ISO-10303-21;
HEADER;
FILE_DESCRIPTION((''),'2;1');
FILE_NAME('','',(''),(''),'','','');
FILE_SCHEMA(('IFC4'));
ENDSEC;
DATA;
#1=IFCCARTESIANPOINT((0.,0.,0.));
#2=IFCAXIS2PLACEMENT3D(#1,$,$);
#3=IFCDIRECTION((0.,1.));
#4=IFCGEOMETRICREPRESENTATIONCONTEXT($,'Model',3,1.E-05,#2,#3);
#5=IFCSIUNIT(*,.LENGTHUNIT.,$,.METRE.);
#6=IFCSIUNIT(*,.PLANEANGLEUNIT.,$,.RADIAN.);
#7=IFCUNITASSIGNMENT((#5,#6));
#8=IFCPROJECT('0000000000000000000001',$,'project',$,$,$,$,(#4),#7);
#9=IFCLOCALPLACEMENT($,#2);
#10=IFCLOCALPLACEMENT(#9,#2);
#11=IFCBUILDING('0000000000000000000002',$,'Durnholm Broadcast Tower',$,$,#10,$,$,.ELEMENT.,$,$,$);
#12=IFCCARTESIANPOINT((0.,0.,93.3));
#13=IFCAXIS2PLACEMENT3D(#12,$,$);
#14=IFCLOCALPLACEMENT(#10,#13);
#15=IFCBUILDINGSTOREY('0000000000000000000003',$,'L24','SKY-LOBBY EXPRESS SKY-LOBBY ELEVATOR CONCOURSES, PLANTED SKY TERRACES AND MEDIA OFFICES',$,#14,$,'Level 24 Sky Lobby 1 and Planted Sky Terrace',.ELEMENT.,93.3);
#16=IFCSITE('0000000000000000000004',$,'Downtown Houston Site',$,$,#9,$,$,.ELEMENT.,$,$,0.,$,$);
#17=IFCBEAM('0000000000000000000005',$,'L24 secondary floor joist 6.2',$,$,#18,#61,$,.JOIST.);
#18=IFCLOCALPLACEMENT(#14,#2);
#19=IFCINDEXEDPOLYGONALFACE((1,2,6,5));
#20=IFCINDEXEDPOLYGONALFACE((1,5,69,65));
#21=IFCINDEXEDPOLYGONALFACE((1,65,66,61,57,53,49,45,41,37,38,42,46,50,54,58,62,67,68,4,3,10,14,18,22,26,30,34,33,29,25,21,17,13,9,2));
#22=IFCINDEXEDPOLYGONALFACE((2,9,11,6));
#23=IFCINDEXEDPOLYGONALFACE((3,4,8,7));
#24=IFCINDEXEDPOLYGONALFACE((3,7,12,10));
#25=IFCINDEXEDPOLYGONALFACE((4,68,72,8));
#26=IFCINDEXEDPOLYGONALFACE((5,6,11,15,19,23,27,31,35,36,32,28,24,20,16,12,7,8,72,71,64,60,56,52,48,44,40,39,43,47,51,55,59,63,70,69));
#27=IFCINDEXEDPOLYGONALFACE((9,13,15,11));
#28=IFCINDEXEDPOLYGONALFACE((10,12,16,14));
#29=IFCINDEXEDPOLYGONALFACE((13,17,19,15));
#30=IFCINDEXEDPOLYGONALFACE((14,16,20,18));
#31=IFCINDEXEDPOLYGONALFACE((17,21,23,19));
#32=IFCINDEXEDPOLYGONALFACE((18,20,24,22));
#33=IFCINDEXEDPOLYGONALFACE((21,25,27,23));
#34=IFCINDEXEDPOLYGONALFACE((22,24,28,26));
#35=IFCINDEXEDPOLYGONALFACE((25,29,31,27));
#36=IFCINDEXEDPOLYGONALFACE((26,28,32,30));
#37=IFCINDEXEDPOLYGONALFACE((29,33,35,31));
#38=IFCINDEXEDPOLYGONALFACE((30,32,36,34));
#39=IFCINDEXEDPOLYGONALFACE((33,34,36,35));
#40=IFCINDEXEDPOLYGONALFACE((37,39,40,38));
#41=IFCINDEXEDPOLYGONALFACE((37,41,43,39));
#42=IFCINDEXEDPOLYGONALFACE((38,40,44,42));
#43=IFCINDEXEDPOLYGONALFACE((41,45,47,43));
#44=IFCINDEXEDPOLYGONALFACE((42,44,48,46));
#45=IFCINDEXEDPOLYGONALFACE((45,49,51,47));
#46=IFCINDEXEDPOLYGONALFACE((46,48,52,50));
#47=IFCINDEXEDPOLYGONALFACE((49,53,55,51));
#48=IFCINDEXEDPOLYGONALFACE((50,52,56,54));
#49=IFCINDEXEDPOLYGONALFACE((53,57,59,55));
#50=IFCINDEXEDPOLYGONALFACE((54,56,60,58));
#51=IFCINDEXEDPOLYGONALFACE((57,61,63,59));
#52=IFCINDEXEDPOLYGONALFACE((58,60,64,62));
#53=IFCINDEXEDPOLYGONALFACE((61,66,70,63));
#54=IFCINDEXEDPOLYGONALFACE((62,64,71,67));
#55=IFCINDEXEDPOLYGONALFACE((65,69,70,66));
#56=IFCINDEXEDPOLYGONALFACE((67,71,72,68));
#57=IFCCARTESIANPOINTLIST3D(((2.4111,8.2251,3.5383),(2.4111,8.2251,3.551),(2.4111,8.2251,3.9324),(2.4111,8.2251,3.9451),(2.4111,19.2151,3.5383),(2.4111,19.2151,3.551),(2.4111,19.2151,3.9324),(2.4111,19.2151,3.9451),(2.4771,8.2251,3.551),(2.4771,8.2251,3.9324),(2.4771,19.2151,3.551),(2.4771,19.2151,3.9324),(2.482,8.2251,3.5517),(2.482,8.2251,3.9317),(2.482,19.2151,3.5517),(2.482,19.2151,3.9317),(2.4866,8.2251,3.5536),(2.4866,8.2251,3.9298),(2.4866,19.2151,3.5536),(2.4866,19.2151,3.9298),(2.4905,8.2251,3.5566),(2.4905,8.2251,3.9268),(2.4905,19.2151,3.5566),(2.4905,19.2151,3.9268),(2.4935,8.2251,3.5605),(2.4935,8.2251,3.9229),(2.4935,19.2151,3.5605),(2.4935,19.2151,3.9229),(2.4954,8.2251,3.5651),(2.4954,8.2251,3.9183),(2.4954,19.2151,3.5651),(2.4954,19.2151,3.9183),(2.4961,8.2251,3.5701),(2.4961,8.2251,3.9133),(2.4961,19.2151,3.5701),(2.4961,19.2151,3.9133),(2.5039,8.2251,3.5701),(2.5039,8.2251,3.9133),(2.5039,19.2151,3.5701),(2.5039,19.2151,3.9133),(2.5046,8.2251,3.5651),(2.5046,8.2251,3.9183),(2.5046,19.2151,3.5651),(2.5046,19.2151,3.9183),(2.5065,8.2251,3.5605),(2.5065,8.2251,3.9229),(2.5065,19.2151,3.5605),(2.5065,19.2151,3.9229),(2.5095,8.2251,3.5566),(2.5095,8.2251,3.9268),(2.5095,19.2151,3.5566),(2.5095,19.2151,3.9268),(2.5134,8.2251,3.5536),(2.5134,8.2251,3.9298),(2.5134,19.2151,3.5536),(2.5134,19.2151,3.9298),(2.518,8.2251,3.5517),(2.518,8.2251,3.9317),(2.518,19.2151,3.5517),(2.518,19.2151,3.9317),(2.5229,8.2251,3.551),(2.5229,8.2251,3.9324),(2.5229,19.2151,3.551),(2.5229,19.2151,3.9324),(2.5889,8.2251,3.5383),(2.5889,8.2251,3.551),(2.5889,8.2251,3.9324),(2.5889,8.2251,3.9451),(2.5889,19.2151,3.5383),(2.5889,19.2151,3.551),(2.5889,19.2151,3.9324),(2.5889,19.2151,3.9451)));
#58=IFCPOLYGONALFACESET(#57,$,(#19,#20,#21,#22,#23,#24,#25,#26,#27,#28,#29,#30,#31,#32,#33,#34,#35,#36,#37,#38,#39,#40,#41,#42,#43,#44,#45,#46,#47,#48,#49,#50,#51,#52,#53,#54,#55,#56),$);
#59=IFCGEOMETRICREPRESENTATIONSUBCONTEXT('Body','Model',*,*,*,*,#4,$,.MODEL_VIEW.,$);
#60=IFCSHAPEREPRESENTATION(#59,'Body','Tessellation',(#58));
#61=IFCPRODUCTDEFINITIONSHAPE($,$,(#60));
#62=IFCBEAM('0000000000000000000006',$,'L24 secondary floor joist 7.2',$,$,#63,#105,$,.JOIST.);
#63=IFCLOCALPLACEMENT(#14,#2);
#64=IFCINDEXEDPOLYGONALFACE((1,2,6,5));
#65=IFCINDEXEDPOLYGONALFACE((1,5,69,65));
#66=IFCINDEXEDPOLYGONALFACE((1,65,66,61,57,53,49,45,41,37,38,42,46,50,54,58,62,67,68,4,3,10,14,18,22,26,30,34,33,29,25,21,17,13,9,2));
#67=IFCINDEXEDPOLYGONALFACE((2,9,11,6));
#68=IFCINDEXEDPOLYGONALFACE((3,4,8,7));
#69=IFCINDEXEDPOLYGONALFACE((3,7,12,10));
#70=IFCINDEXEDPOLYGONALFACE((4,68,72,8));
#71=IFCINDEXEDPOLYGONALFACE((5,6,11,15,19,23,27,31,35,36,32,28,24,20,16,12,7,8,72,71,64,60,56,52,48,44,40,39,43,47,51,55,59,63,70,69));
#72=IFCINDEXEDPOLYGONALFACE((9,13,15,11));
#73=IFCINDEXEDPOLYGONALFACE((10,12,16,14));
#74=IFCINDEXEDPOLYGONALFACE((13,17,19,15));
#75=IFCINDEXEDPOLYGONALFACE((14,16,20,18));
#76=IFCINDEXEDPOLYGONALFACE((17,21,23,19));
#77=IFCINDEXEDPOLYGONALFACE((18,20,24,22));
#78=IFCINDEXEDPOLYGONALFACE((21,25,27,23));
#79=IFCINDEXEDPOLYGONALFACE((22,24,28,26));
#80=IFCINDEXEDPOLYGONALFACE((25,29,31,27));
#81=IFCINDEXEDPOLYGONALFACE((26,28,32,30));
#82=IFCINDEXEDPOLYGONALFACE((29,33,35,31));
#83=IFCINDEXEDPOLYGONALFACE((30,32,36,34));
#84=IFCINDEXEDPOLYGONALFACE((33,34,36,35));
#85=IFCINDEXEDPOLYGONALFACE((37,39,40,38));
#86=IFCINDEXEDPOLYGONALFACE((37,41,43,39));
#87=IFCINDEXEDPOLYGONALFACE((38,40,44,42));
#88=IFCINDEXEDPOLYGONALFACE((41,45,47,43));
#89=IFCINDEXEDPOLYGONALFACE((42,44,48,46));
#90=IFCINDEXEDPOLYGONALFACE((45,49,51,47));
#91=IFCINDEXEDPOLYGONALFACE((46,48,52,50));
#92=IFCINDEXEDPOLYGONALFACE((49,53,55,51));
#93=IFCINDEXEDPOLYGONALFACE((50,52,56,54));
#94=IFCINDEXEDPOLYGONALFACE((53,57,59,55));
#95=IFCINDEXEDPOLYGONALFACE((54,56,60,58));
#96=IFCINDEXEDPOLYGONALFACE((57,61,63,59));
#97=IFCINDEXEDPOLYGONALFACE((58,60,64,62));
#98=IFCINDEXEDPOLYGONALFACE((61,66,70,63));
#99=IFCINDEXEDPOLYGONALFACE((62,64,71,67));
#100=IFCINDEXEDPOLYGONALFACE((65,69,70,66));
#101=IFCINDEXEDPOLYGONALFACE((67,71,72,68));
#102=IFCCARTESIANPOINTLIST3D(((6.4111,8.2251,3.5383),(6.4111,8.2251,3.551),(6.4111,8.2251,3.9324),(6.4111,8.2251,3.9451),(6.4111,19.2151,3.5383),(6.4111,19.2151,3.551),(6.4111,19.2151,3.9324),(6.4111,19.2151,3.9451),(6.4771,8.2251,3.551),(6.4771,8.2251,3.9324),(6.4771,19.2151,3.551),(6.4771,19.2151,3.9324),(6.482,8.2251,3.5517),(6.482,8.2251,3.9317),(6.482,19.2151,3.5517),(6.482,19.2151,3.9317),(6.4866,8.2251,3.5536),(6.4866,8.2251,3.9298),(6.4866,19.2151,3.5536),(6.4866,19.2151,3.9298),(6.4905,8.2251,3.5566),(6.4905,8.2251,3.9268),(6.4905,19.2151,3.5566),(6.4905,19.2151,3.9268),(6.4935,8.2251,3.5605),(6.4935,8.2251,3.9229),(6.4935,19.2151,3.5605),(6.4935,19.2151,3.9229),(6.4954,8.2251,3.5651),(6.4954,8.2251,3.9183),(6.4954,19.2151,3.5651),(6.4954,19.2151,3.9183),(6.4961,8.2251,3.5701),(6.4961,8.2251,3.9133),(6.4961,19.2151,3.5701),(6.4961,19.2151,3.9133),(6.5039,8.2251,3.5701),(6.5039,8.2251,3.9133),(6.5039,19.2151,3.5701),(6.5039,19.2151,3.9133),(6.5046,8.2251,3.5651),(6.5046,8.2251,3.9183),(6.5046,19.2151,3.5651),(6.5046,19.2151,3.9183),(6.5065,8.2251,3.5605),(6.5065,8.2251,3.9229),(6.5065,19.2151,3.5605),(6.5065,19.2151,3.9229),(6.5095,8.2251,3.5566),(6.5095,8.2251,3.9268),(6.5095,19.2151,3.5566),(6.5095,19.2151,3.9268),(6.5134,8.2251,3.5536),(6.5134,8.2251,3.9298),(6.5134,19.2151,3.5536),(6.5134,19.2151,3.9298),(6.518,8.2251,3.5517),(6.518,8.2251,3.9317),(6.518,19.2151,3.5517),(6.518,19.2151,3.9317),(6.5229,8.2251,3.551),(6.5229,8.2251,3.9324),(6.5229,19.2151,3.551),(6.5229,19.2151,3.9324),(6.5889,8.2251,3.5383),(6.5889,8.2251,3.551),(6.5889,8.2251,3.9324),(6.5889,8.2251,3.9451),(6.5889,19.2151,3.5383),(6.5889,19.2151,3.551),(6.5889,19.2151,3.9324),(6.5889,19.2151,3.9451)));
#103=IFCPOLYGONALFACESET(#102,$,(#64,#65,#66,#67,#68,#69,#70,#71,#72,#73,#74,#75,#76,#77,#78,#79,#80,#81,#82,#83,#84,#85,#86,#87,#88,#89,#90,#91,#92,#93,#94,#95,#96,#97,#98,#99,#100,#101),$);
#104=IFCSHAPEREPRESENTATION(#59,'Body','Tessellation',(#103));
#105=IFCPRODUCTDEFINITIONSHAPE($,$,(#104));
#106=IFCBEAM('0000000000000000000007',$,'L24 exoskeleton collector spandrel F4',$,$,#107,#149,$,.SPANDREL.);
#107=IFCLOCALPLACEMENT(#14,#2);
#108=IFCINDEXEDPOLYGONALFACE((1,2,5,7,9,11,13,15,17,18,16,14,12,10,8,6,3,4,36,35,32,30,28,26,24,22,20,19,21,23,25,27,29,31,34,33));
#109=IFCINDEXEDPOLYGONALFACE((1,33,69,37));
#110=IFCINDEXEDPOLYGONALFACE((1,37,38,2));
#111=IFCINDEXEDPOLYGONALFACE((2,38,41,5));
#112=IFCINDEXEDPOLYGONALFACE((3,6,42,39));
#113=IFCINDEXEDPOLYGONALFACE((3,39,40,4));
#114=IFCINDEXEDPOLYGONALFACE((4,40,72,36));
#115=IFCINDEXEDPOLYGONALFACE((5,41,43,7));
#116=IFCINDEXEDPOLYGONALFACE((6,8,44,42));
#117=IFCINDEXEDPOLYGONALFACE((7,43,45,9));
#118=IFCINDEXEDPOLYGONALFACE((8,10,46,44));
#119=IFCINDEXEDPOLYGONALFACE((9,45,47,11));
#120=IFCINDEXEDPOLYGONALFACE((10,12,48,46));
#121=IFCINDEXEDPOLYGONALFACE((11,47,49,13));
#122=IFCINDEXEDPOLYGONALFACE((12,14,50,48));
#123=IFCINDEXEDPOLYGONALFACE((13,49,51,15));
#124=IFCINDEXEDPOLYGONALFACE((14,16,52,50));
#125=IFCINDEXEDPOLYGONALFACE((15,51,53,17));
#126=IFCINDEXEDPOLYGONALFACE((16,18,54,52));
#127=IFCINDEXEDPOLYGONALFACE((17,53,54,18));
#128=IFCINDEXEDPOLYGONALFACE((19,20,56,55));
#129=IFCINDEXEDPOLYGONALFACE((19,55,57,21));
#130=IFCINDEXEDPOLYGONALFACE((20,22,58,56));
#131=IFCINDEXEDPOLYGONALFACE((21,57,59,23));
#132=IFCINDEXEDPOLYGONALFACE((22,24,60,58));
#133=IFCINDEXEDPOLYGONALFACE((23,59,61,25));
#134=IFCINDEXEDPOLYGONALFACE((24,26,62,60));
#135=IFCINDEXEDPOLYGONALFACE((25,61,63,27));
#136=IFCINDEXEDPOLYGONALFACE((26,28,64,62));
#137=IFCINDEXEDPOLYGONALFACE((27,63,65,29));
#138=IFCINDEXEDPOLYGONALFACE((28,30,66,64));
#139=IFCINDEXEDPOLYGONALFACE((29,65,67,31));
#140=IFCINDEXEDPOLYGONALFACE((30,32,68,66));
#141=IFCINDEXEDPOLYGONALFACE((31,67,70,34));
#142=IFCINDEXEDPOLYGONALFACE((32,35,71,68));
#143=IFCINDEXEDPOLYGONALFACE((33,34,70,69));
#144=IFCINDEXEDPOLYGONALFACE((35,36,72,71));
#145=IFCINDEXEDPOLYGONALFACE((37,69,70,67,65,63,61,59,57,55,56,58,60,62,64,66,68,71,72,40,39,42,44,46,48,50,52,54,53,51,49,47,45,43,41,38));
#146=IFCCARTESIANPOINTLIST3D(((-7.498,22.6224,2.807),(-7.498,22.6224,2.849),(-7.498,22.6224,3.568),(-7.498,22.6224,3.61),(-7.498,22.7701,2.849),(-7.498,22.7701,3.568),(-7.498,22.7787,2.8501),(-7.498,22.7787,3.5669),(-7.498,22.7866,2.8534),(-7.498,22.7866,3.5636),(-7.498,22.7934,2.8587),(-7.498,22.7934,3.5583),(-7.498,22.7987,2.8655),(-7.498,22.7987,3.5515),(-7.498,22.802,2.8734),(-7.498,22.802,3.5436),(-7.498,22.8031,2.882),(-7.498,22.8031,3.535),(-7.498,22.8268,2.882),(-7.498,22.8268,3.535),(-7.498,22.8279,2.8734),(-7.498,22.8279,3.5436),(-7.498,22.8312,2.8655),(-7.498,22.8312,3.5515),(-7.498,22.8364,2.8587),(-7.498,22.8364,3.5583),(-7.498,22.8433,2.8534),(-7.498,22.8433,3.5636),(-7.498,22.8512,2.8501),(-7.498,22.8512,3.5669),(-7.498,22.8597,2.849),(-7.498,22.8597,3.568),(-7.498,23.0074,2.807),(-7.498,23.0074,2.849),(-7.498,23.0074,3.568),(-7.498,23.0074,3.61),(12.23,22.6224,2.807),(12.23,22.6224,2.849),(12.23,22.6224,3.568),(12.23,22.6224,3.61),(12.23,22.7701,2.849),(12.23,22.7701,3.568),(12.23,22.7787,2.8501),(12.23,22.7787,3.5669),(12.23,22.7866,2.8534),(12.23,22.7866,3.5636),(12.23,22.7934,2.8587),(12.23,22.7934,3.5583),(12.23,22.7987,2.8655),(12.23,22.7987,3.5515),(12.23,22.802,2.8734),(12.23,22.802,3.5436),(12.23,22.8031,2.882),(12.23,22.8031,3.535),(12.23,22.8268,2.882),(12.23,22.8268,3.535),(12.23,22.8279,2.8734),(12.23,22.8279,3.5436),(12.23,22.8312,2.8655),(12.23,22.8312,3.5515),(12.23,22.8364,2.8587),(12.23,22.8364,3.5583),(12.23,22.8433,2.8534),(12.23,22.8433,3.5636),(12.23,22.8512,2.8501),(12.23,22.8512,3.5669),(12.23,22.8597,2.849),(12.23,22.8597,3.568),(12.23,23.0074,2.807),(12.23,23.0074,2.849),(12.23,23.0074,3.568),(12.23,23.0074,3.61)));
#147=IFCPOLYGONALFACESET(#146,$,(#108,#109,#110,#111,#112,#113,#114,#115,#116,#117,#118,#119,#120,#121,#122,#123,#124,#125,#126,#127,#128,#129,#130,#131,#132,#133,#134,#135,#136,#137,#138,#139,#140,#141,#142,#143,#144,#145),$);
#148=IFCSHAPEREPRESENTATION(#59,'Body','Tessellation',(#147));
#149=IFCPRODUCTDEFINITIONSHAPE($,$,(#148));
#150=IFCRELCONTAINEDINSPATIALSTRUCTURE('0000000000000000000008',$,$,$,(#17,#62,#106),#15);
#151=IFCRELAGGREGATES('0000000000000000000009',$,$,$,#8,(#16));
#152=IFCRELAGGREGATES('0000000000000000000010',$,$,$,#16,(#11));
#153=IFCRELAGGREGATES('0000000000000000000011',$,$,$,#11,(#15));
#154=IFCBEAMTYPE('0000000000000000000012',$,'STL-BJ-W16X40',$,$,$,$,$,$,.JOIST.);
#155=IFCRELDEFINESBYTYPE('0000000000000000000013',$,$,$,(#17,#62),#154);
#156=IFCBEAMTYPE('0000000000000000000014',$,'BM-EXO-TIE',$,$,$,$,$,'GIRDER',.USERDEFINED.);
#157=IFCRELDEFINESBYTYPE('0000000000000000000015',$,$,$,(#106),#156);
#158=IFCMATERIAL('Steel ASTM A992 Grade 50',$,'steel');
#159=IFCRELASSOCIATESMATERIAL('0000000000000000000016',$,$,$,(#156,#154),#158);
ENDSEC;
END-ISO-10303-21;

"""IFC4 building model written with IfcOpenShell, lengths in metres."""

from ifc_helpers import new_model, si_unit, direction, frame, origin, origin_2d, place, context, subcontext, project, spatial, i_section, extrude, source, transform, mapped, material, material_profile, profile_set, type_object, type_shapes, element, save


model = new_model("IFC4")

# Units and contexts
model_context = context("Model", 3, precision=1e-05, world=origin(), true_north=direction((0.0, 1.0)))
body_context = subcontext(model_context, "Body", "Model", "MODEL_VIEW")
ifc_project = project(units=[si_unit("LENGTHUNIT", "METRE"), si_unit("PLANEANGLEUNIT", "RADIAN")], contexts=[model_context])

# Site, building, storey
site_placement = place(None, origin())
site = spatial("IfcSite", under=ifc_project, at=site_placement, Name="Downtown Houston Site", CompositionType="ELEMENT", RefElevation=0.0)
building_placement = place(site_placement, origin())
building = spatial("IfcBuilding", under=site, at=building_placement, Name="Durnholm Broadcast Tower", CompositionType="ELEMENT")
storey_placement = place(building_placement, frame((0.0, 0.0, 93.3)))
storey = spatial("IfcBuildingStorey", under=building, at=storey_placement, Name="L24", Description="SKY-LOBBY EXPRESS SKY-LOBBY ELEVATOR CONCOURSES, PLANTED SKY TERRACES AND MEDIA OFFICES", LongName="Level 24 Sky Lobby 1 and Planted Sky Terrace", CompositionType="ELEMENT", Elevation=93.3)

# Beams
ifc_material_1 = material(Name="Steel ASTM A992 Grade 50", Category="steel")
ifc_material_profile_1 = material_profile(ifc_material_1, i_section(OverallWidth=0.385, OverallDepth=0.803, WebThickness=0.0237, FlangeThickness=0.042, FilletRadius=0.033, at=origin_2d()), Name="W30X261")
ifc_profile_set_1 = profile_set([ifc_material_profile_1], Name="Steel ASTM A992 Grade 50")
beam_type_1 = type_object("IfcBeamType", Name="BM-EXO-TIE", ElementType="GIRDER", PredefinedType="USERDEFINED", material=ifc_profile_set_1)
ifc_material_profile_2 = material_profile(ifc_material_1, i_section(OverallWidth=0.1777, OverallDepth=0.4067, WebThickness=0.0078, FlangeThickness=0.0127, FilletRadius=0.019, at=origin_2d()), Name="W16X40")
ifc_profile_set_2 = profile_set([ifc_material_profile_2], Name="Steel ASTM A992 Grade 50")
beam_type_2 = type_object("IfcBeamType", Name="STL-BJ-W16X40", PredefinedType="JOIST", material=ifc_profile_set_2)
shared_shape_1 = source(origin(), body_context, "Body", "SweptSolid", [
    extrude(i_section(OverallWidth=0.1777, OverallDepth=0.4067, WebThickness=0.0078, FlangeThickness=0.0127, FilletRadius=0.019, at=origin_2d()), origin(), (0.0, 0.0, 1.0), 10.99),
])
type_shapes(beam_type_2, [shared_shape_1])
for number, where, z_axis, x_axis, name in (
    (1, (2.5, 8.2251, 3.7417), (0.0, 1.0, 0.0), (-1.0, 0.0, 0.0), "L24 secondary floor joist 6.2"),
    (2, (6.5, 8.2251, 3.7417), (0.0, 1.0, 0.0), (-1.0, 0.0, 0.0), "L24 secondary floor joist 7.2"),
):
    element("IfcBeam", number, at=place(storey_placement, frame(where, z_axis=z_axis, x_axis=x_axis)), inside=storey, type_object=beam_type_2, Name=name, PredefinedType="JOIST", context=body_context, shape_type="MappedRepresentation", body=[
        mapped(shared_shape_1, transform((0.0, 0.0, 0.0), x_axis=(1.0, 0.0, 0.0), y_axis=(0.0, 1.0, 0.0), z_axis=(0.0, 0.0, 1.0), scale=1.0)),
    ])
shared_shape_2 = source(origin(), body_context, "Body", "SweptSolid", [
    extrude(i_section(OverallWidth=0.385, OverallDepth=0.803, WebThickness=0.0237, FlangeThickness=0.042, FilletRadius=0.033, at=origin_2d()), origin(), (0.0, 0.0, 1.0), 19.728),
])
beam_1_placement = place(storey_placement, frame((12.23, 22.8149, 3.2085), z_axis=(-1.0, 0.0, 0.0), x_axis=(0.0, -1.0, 0.0)))
element("IfcBeam", 3, at=beam_1_placement, inside=storey, type_object=beam_type_1, Name="L24 exoskeleton collector spandrel F4", PredefinedType="SPANDREL", context=body_context, shape_type="MappedRepresentation", body=[
    mapped(shared_shape_2, transform((0.0, 0.0, 0.0), x_axis=(1.0, 0.0, 0.0), y_axis=(0.0, 1.0, 0.0), z_axis=(0.0, 0.0, 1.0), scale=1.0)),
])

save(model, "model.ifc")
